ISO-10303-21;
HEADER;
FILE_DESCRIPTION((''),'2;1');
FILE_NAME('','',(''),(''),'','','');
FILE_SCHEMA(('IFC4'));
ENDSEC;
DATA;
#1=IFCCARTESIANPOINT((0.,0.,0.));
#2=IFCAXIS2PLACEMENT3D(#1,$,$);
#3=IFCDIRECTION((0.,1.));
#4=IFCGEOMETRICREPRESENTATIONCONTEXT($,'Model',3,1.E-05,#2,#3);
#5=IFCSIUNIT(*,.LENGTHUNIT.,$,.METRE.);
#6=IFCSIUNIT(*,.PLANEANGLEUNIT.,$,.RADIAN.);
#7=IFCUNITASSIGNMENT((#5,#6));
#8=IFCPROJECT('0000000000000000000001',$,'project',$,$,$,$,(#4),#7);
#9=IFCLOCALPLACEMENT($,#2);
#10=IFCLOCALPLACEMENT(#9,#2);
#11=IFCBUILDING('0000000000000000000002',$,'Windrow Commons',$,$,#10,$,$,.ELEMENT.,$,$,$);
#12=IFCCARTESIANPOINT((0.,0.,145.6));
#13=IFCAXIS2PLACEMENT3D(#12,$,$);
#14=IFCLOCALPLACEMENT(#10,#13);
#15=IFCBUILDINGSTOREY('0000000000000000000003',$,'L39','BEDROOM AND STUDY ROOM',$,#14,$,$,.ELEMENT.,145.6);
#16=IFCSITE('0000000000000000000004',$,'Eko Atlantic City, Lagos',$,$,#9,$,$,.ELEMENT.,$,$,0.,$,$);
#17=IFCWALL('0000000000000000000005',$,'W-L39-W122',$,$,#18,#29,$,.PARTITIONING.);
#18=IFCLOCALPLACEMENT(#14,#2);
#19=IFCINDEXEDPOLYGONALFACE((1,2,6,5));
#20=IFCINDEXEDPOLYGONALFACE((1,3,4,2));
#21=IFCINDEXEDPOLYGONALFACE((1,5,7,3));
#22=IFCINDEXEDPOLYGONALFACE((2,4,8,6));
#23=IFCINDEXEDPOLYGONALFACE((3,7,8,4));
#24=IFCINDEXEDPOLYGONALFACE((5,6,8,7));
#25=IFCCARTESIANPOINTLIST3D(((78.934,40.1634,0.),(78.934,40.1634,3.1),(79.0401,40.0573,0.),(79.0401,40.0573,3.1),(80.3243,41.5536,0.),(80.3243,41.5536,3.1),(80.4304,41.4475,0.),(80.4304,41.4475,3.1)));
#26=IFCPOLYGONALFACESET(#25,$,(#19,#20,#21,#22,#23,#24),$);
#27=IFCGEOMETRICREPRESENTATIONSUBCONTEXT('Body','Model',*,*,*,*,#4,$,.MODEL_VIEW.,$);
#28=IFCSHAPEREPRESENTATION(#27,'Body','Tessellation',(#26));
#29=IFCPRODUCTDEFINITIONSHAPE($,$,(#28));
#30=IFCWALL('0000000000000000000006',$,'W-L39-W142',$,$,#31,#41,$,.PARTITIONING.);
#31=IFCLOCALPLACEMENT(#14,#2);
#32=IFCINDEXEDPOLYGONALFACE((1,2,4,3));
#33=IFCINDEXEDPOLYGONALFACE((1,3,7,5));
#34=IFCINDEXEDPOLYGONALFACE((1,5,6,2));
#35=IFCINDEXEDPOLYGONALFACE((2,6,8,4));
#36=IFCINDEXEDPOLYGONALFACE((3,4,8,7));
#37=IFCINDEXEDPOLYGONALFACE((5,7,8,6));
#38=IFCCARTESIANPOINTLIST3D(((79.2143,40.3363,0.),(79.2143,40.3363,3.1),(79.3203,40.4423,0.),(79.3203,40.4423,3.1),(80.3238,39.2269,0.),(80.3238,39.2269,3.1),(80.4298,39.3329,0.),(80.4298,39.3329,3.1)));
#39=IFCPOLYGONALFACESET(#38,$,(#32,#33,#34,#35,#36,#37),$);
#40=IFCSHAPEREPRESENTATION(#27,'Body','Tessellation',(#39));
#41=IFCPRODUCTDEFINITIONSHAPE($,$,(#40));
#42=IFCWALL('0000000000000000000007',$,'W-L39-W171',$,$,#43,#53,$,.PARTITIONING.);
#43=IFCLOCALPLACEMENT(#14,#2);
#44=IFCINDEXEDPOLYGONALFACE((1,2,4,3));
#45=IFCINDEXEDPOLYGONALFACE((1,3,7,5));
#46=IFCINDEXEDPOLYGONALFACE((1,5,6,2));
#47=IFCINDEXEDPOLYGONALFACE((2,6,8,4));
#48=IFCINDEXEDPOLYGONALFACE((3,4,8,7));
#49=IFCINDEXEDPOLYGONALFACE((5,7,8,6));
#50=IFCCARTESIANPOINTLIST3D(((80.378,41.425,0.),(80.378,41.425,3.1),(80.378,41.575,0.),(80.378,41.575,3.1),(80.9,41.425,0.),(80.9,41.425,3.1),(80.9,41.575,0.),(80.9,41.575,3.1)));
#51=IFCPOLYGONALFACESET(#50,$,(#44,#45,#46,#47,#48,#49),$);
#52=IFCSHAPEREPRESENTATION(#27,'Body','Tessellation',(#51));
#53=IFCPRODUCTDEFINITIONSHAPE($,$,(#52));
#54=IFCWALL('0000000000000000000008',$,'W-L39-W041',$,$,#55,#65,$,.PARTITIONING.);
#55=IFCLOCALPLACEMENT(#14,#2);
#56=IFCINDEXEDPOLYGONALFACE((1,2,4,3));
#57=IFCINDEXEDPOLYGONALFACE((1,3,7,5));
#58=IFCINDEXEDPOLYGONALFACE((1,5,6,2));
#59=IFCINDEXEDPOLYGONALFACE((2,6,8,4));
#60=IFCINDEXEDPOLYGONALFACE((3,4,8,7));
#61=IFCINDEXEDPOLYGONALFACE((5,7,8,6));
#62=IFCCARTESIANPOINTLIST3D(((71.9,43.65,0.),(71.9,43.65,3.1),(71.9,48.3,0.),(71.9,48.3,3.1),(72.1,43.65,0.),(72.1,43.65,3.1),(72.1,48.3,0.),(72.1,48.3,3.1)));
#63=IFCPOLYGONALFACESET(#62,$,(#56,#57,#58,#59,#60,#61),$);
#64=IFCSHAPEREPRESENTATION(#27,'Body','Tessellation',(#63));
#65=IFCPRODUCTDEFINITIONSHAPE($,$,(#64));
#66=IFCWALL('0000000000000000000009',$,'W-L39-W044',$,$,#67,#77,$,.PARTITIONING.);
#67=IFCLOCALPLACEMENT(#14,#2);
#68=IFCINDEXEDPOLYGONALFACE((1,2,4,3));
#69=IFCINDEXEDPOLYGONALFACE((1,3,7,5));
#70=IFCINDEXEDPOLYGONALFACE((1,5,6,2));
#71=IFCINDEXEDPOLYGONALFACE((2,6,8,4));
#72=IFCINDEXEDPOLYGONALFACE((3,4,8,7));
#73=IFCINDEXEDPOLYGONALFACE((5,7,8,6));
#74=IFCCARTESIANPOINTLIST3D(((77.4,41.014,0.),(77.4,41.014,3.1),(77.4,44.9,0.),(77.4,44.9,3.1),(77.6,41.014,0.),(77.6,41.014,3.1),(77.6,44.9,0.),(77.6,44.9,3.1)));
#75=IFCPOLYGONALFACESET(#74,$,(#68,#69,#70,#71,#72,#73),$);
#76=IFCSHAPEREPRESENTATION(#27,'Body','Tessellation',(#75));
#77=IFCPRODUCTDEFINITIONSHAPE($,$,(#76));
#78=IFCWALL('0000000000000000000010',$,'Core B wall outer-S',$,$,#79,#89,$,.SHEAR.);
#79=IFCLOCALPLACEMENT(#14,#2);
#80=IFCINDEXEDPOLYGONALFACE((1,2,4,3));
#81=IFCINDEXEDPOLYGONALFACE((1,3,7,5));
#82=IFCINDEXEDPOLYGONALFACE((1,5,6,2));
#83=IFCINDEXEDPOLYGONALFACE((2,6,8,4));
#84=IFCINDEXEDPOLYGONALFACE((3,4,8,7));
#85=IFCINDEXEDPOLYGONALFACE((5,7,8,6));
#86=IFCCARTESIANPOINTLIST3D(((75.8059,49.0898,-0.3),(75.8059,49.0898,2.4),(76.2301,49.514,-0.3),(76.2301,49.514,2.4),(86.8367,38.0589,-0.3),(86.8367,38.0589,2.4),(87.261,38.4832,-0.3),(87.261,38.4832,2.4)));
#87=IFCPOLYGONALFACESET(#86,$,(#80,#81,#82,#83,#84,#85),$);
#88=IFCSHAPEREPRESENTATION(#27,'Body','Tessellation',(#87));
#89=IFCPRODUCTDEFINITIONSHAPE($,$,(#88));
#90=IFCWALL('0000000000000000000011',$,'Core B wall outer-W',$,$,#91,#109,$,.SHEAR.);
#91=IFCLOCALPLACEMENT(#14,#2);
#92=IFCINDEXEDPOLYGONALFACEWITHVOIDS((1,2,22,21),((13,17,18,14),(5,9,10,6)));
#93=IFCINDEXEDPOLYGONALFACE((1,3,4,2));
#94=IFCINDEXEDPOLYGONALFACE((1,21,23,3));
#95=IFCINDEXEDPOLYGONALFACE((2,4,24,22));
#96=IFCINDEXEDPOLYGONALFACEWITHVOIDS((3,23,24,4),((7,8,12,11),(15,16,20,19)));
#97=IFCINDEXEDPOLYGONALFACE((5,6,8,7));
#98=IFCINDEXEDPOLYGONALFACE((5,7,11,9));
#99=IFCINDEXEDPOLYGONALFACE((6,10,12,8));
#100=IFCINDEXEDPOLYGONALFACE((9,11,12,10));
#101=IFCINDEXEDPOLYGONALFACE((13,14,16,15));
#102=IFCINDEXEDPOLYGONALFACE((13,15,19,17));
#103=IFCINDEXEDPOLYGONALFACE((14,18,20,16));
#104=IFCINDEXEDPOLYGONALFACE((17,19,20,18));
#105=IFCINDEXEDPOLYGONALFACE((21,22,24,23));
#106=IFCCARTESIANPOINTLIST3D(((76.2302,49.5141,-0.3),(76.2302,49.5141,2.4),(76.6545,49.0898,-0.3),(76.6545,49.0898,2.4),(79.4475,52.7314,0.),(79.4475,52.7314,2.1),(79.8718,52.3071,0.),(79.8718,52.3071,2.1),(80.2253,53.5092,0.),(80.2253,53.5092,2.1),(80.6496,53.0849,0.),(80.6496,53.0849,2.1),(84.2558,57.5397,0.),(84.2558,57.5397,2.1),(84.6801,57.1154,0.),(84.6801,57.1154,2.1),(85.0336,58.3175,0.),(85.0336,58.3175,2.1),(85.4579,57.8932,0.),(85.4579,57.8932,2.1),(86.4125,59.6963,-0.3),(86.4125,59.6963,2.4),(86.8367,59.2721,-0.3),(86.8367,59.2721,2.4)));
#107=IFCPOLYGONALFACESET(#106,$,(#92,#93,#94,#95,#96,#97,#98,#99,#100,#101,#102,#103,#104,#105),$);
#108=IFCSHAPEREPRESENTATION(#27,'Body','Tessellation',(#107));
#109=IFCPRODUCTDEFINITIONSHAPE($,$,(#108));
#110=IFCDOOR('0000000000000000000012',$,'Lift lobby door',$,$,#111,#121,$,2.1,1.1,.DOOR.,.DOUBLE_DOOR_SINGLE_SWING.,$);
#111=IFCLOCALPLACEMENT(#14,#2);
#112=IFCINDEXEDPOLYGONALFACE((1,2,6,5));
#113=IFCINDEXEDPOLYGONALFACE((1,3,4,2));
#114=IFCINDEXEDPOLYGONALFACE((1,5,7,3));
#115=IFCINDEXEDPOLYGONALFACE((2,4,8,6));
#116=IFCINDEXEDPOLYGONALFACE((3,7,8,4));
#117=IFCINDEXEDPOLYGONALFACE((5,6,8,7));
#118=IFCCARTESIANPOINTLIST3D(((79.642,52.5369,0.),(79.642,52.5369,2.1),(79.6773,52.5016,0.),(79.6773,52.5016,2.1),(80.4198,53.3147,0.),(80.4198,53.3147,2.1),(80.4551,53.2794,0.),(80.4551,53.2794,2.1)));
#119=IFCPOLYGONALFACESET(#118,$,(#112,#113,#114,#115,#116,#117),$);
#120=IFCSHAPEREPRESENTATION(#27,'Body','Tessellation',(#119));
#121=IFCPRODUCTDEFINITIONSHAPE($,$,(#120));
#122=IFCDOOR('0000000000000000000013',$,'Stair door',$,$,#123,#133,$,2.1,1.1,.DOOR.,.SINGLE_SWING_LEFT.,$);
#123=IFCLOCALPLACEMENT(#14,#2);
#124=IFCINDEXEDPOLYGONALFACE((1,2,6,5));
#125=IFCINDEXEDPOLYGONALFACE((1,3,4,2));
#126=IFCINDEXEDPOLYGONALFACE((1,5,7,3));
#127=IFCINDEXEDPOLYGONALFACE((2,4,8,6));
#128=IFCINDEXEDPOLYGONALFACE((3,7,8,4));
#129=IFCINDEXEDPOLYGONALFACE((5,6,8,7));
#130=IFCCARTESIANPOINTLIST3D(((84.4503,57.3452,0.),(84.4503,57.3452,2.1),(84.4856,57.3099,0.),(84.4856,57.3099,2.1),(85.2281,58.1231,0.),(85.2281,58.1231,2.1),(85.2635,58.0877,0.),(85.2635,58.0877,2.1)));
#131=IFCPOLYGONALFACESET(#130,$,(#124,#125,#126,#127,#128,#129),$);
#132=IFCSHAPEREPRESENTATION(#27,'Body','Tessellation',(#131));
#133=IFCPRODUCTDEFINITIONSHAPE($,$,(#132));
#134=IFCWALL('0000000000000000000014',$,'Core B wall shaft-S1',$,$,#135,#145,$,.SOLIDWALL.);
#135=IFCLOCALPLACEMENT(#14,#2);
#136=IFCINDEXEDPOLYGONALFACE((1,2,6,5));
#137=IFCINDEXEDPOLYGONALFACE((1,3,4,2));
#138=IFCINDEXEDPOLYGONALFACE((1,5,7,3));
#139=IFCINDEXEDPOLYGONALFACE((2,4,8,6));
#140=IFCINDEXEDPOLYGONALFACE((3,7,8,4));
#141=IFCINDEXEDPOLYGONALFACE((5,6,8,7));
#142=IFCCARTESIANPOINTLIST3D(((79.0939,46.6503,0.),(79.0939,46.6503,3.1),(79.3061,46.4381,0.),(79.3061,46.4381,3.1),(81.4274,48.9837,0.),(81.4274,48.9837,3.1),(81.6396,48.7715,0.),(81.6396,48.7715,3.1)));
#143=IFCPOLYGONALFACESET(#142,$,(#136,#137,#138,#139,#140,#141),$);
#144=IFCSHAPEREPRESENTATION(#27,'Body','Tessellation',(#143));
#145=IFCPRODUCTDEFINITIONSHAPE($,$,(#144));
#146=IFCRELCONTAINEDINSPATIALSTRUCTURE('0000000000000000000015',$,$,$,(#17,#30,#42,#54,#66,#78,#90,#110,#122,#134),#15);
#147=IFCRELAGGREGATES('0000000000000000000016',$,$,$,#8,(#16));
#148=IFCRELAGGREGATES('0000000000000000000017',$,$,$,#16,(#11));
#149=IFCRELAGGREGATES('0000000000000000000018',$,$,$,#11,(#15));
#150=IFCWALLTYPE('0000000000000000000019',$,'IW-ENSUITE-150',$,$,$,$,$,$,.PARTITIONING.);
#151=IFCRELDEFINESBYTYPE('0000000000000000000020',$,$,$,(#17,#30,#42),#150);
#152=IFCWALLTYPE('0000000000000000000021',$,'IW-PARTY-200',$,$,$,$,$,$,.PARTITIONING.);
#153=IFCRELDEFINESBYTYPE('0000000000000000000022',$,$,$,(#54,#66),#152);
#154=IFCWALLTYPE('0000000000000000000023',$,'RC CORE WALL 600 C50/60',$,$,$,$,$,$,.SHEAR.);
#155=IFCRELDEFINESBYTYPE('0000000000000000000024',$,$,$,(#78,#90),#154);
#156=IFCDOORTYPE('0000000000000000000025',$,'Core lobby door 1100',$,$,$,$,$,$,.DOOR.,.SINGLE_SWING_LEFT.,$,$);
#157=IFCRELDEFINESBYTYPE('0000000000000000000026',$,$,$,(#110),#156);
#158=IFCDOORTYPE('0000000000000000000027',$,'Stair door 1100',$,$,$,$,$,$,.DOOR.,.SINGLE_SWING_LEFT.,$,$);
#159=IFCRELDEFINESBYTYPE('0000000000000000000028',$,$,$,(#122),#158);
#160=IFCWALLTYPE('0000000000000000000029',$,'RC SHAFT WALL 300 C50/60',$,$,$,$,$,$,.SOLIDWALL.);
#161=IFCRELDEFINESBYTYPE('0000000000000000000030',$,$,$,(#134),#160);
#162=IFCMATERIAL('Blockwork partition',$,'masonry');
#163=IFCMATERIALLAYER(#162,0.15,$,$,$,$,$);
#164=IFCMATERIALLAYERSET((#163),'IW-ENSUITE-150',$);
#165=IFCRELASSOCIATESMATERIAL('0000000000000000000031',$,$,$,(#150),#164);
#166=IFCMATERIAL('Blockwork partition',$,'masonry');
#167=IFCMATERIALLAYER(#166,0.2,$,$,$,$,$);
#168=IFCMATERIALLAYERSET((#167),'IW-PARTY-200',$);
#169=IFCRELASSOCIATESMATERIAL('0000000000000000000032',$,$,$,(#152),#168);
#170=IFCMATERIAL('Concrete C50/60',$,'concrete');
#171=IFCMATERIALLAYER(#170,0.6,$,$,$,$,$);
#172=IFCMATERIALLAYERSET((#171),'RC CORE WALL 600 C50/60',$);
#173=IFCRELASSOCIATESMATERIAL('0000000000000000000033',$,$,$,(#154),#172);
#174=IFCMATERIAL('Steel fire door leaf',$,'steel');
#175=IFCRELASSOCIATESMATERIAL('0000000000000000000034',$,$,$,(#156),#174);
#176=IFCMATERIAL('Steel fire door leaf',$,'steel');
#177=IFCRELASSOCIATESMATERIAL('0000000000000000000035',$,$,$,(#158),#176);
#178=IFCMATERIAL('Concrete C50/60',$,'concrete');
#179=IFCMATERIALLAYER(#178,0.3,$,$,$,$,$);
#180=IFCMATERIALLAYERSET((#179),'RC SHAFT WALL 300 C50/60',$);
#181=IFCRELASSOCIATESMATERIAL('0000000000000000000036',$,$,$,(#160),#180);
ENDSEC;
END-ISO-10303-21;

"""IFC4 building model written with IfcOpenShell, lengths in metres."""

from ifc_helpers import new_model, si_unit, direction, frame, frame_2d, origin, place, context, subcontext, project, spatial, rectangle, extrude, material, layer, layer_set, type_object, element, fill, save


model = new_model("IFC4")

# Units and contexts
model_context = context("Model", 3, precision=1e-05, world=origin(), true_north=direction((0.0, 1.0)))
body_context = subcontext(model_context, "Body", "Model", "MODEL_VIEW")
ifc_project = project(units=[si_unit("LENGTHUNIT", "METRE"), si_unit("PLANEANGLEUNIT", "RADIAN")], contexts=[model_context])

# Site, building, storey
site_placement = place(None, origin())
site = spatial("IfcSite", under=ifc_project, at=site_placement, Name="Eko Atlantic City, Lagos", CompositionType="ELEMENT", RefElevation=0.0)
building_placement = place(site_placement, origin())
building = spatial("IfcBuilding", under=site, at=building_placement, Name="Windrow Commons", CompositionType="ELEMENT")
storey_placement = place(building_placement, frame((0.0, 0.0, 145.6)))
storey = spatial("IfcBuildingStorey", under=building, at=storey_placement, Name="L39", Description="BEDROOM AND STUDY ROOM", CompositionType="ELEMENT", Elevation=145.6)

# Walls
ifc_material_1 = material(Name="Blockwork partition", Category="masonry")
ifc_layer_1 = layer(ifc_material_1, 0.15)
ifc_layer_set_1 = layer_set([ifc_layer_1], Name="IW-ENSUITE-150")
wall_type_1 = type_object("IfcWallType", Name="IW-ENSUITE-150", PredefinedType="PARTITIONING", material=ifc_layer_set_1)
wall_1_placement = place(storey_placement, frame((78.9871, 40.1104, 0.0), z_axis=(0.0, 0.0, 1.0), x_axis=(0.707132, 0.707081, 0.0)))
element("IfcWall", 1, at=wall_1_placement, inside=storey, type_object=wall_type_1, Name="W-L39-W122", PredefinedType="PARTITIONING", context=body_context, shape_type="SweptSolid", body=[
    extrude(rectangle(XDim=1.9661, YDim=0.15, at=frame_2d((0.983, 0.0))), origin(), (0.0, 0.0, 1.0), 3.1),
])
wall_2_placement = place(storey_placement, frame((79.2673, 40.3893, 0.0), z_axis=(0.0, 0.0, 1.0), x_axis=(0.707139, -0.707075, 0.0)))
element("IfcWall", 2, at=wall_2_placement, inside=storey, type_object=wall_type_1, Name="W-L39-W142", PredefinedType="PARTITIONING", context=body_context, shape_type="SweptSolid", body=[
    extrude(rectangle(XDim=1.569, YDim=0.15, at=frame_2d((0.7845, 0.0))), origin(), (0.0, 0.0, 1.0), 3.1),
])
wall_3_placement = place(storey_placement, frame((80.378, 41.5, 0.0), z_axis=(0.0, 0.0, 1.0), x_axis=(1.0, 0.0, 0.0)))
element("IfcWall", 3, at=wall_3_placement, inside=storey, type_object=wall_type_1, Name="W-L39-W171", PredefinedType="PARTITIONING", context=body_context, shape_type="SweptSolid", body=[
    extrude(rectangle(XDim=0.522, YDim=0.15, at=frame_2d((0.261, 0.0))), origin(), (0.0, 0.0, 1.0), 3.1),
])
ifc_material_2 = material(Name="Blockwork partition", Category="masonry")
ifc_layer_2 = layer(ifc_material_2, 0.2)
ifc_layer_set_2 = layer_set([ifc_layer_2], Name="IW-PARTY-200")
wall_type_2 = type_object("IfcWallType", Name="IW-PARTY-200", PredefinedType="PARTITIONING", material=ifc_layer_set_2)
wall_4_placement = place(storey_placement, frame((72.0, 43.65, 0.0), z_axis=(0.0, 0.0, 1.0), x_axis=(0.0, 1.0, 0.0)))
element("IfcWall", 4, at=wall_4_placement, inside=storey, type_object=wall_type_2, Name="W-L39-W041", PredefinedType="PARTITIONING", context=body_context, shape_type="SweptSolid", body=[
    extrude(rectangle(XDim=4.65, YDim=0.2, at=frame_2d((2.325, 0.0))), origin(), (0.0, 0.0, 1.0), 3.1),
])
wall_5_placement = place(storey_placement, frame((77.5, 41.014, 0.0), z_axis=(0.0, 0.0, 1.0), x_axis=(0.0, 1.0, 0.0)))
element("IfcWall", 5, at=wall_5_placement, inside=storey, type_object=wall_type_2, Name="W-L39-W044", PredefinedType="PARTITIONING", context=body_context, shape_type="SweptSolid", body=[
    extrude(rectangle(XDim=3.886, YDim=0.2, at=frame_2d((1.943, 0.0))), origin(), (0.0, 0.0, 1.0), 3.1),
])
ifc_material_3 = material(Name="Concrete C50/60", Category="concrete")
ifc_layer_3 = layer(ifc_material_3, 0.6)
ifc_layer_set_3 = layer_set([ifc_layer_3], Name="RC CORE WALL 600 C50/60")
wall_type_3 = type_object("IfcWallType", Name="RC CORE WALL 600 C50/60", PredefinedType="SHEAR", material=ifc_layer_set_3)
wall_6_placement = place(storey_placement, frame((76.018, 49.3019, -0.3), z_axis=(0.0, 0.0, 1.0), x_axis=(0.707107, -0.707107, 0.0)))
element("IfcWall", 6, at=wall_6_placement, inside=storey, type_object=wall_type_3, Name="Core B wall outer-S", PredefinedType="SHEAR", context=body_context, shape_type="SweptSolid", body=[
    extrude(rectangle(XDim=15.6, YDim=0.6, at=frame_2d((7.8, 0.0))), origin(), (0.0, 0.0, 1.0), 2.7),
])

# Wall, openings, doors
wall_7_placement = place(storey_placement, frame((76.4423, 49.3019, -0.3), z_axis=(0.0, 0.0, 1.0), x_axis=(0.707107, 0.707107, 0.0)))
wall_7 = element("IfcWall", 7, at=wall_7_placement, inside=storey, type_object=wall_type_3, Name="Core B wall outer-W", PredefinedType="SHEAR", context=body_context, shape_type="SweptSolid", body=[
    extrude(rectangle(XDim=14.3999, YDim=0.6, at=frame_2d((7.2, 0.0))), origin(), (0.0, 0.0, 1.0), 2.7),
])
opening_1_placement = place(wall_7_placement, frame((4.55, 0.0, 0.3)))
opening_1 = element("IfcOpeningElement", 8, at=opening_1_placement, cuts=wall_7, PredefinedType="OPENING", context=body_context, shape_type="SweptSolid", body=[
    extrude(rectangle(XDim=1.1, YDim=2.1, at=frame_2d((0.55, 1.05))), frame((0.0, 0.31, 0.0), z_axis=(0.0, -1.0, 0.0), x_axis=(1.0, 0.0, 0.0)), (0.0, 0.0, 1.0), 0.62),
])
opening_2_placement = place(wall_7_placement, frame((11.35, 0.0, 0.3)))
opening_2 = element("IfcOpeningElement", 9, at=opening_2_placement, cuts=wall_7, PredefinedType="OPENING", context=body_context, shape_type="SweptSolid", body=[
    extrude(rectangle(XDim=1.1, YDim=2.1, at=frame_2d((0.55, 1.05))), frame((0.0, 0.31, 0.0), z_axis=(0.0, -1.0, 0.0), x_axis=(1.0, 0.0, 0.0)), (0.0, 0.0, 1.0), 0.62),
])
ifc_material_4 = material(Name="Steel fire door leaf", Category="steel")
door_type_1 = type_object("IfcDoorType", Name="Core lobby door 1100", OperationType="SINGLE_SWING_LEFT", PredefinedType="DOOR", material=ifc_material_4)
door_1_placement = place(opening_1_placement, origin())
door_1 = element("IfcDoor", 10, at=door_1_placement, inside=storey, type_object=door_type_1, Name="Lift lobby door", OperationType="DOUBLE_DOOR_SINGLE_SWING", OverallHeight=2.1, OverallWidth=1.1, PredefinedType="DOOR", context=body_context, shape_type="SweptSolid", body=[
    extrude(rectangle(XDim=1.1, YDim=2.1, at=frame_2d((0.55, 1.05))), frame((0.0, 0.025, 0.0), z_axis=(0.0, -1.0, 0.0), x_axis=(1.0, 0.0, 0.0)), (0.0, 0.0, 1.0), 0.05),
])
fill(opening_1, door_1)
ifc_material_5 = material(Name="Steel fire door leaf", Category="steel")
door_type_2 = type_object("IfcDoorType", Name="Stair door 1100", OperationType="SINGLE_SWING_LEFT", PredefinedType="DOOR", material=ifc_material_5)
door_2_placement = place(opening_2_placement, origin())
door_2 = element("IfcDoor", 11, at=door_2_placement, inside=storey, type_object=door_type_2, Name="Stair door", OperationType="SINGLE_SWING_LEFT", OverallHeight=2.1, OverallWidth=1.1, PredefinedType="DOOR", context=body_context, shape_type="SweptSolid", body=[
    extrude(rectangle(XDim=1.1, YDim=2.1, at=frame_2d((0.55, 1.05))), frame((0.0, 0.025, 0.0), z_axis=(0.0, -1.0, 0.0), x_axis=(1.0, 0.0, 0.0)), (0.0, 0.0, 1.0), 0.05),
])
fill(opening_2, door_2)

# Wall
ifc_material_6 = material(Name="Concrete C50/60", Category="concrete")
ifc_layer_4 = layer(ifc_material_6, 0.3)
ifc_layer_set_4 = layer_set([ifc_layer_4], Name="RC SHAFT WALL 300 C50/60")
wall_type_4 = type_object("IfcWallType", Name="RC SHAFT WALL 300 C50/60", PredefinedType="SOLIDWALL", material=ifc_layer_set_4)
wall_8_placement = place(storey_placement, frame((79.2, 46.5442, 0.0), z_axis=(0.0, 0.0, 1.0), x_axis=(0.707122, 0.707092, 0.0)))
element("IfcWall", 12, at=wall_8_placement, inside=storey, type_object=wall_type_4, Name="Core B wall shaft-S1", PredefinedType="SOLIDWALL", context=body_context, shape_type="SweptSolid", body=[
    extrude(rectangle(XDim=3.3, YDim=0.3, at=frame_2d((1.65, 0.0))), origin(), (0.0, 0.0, 1.0), 3.1),
])

save(model, "model.ifc")
